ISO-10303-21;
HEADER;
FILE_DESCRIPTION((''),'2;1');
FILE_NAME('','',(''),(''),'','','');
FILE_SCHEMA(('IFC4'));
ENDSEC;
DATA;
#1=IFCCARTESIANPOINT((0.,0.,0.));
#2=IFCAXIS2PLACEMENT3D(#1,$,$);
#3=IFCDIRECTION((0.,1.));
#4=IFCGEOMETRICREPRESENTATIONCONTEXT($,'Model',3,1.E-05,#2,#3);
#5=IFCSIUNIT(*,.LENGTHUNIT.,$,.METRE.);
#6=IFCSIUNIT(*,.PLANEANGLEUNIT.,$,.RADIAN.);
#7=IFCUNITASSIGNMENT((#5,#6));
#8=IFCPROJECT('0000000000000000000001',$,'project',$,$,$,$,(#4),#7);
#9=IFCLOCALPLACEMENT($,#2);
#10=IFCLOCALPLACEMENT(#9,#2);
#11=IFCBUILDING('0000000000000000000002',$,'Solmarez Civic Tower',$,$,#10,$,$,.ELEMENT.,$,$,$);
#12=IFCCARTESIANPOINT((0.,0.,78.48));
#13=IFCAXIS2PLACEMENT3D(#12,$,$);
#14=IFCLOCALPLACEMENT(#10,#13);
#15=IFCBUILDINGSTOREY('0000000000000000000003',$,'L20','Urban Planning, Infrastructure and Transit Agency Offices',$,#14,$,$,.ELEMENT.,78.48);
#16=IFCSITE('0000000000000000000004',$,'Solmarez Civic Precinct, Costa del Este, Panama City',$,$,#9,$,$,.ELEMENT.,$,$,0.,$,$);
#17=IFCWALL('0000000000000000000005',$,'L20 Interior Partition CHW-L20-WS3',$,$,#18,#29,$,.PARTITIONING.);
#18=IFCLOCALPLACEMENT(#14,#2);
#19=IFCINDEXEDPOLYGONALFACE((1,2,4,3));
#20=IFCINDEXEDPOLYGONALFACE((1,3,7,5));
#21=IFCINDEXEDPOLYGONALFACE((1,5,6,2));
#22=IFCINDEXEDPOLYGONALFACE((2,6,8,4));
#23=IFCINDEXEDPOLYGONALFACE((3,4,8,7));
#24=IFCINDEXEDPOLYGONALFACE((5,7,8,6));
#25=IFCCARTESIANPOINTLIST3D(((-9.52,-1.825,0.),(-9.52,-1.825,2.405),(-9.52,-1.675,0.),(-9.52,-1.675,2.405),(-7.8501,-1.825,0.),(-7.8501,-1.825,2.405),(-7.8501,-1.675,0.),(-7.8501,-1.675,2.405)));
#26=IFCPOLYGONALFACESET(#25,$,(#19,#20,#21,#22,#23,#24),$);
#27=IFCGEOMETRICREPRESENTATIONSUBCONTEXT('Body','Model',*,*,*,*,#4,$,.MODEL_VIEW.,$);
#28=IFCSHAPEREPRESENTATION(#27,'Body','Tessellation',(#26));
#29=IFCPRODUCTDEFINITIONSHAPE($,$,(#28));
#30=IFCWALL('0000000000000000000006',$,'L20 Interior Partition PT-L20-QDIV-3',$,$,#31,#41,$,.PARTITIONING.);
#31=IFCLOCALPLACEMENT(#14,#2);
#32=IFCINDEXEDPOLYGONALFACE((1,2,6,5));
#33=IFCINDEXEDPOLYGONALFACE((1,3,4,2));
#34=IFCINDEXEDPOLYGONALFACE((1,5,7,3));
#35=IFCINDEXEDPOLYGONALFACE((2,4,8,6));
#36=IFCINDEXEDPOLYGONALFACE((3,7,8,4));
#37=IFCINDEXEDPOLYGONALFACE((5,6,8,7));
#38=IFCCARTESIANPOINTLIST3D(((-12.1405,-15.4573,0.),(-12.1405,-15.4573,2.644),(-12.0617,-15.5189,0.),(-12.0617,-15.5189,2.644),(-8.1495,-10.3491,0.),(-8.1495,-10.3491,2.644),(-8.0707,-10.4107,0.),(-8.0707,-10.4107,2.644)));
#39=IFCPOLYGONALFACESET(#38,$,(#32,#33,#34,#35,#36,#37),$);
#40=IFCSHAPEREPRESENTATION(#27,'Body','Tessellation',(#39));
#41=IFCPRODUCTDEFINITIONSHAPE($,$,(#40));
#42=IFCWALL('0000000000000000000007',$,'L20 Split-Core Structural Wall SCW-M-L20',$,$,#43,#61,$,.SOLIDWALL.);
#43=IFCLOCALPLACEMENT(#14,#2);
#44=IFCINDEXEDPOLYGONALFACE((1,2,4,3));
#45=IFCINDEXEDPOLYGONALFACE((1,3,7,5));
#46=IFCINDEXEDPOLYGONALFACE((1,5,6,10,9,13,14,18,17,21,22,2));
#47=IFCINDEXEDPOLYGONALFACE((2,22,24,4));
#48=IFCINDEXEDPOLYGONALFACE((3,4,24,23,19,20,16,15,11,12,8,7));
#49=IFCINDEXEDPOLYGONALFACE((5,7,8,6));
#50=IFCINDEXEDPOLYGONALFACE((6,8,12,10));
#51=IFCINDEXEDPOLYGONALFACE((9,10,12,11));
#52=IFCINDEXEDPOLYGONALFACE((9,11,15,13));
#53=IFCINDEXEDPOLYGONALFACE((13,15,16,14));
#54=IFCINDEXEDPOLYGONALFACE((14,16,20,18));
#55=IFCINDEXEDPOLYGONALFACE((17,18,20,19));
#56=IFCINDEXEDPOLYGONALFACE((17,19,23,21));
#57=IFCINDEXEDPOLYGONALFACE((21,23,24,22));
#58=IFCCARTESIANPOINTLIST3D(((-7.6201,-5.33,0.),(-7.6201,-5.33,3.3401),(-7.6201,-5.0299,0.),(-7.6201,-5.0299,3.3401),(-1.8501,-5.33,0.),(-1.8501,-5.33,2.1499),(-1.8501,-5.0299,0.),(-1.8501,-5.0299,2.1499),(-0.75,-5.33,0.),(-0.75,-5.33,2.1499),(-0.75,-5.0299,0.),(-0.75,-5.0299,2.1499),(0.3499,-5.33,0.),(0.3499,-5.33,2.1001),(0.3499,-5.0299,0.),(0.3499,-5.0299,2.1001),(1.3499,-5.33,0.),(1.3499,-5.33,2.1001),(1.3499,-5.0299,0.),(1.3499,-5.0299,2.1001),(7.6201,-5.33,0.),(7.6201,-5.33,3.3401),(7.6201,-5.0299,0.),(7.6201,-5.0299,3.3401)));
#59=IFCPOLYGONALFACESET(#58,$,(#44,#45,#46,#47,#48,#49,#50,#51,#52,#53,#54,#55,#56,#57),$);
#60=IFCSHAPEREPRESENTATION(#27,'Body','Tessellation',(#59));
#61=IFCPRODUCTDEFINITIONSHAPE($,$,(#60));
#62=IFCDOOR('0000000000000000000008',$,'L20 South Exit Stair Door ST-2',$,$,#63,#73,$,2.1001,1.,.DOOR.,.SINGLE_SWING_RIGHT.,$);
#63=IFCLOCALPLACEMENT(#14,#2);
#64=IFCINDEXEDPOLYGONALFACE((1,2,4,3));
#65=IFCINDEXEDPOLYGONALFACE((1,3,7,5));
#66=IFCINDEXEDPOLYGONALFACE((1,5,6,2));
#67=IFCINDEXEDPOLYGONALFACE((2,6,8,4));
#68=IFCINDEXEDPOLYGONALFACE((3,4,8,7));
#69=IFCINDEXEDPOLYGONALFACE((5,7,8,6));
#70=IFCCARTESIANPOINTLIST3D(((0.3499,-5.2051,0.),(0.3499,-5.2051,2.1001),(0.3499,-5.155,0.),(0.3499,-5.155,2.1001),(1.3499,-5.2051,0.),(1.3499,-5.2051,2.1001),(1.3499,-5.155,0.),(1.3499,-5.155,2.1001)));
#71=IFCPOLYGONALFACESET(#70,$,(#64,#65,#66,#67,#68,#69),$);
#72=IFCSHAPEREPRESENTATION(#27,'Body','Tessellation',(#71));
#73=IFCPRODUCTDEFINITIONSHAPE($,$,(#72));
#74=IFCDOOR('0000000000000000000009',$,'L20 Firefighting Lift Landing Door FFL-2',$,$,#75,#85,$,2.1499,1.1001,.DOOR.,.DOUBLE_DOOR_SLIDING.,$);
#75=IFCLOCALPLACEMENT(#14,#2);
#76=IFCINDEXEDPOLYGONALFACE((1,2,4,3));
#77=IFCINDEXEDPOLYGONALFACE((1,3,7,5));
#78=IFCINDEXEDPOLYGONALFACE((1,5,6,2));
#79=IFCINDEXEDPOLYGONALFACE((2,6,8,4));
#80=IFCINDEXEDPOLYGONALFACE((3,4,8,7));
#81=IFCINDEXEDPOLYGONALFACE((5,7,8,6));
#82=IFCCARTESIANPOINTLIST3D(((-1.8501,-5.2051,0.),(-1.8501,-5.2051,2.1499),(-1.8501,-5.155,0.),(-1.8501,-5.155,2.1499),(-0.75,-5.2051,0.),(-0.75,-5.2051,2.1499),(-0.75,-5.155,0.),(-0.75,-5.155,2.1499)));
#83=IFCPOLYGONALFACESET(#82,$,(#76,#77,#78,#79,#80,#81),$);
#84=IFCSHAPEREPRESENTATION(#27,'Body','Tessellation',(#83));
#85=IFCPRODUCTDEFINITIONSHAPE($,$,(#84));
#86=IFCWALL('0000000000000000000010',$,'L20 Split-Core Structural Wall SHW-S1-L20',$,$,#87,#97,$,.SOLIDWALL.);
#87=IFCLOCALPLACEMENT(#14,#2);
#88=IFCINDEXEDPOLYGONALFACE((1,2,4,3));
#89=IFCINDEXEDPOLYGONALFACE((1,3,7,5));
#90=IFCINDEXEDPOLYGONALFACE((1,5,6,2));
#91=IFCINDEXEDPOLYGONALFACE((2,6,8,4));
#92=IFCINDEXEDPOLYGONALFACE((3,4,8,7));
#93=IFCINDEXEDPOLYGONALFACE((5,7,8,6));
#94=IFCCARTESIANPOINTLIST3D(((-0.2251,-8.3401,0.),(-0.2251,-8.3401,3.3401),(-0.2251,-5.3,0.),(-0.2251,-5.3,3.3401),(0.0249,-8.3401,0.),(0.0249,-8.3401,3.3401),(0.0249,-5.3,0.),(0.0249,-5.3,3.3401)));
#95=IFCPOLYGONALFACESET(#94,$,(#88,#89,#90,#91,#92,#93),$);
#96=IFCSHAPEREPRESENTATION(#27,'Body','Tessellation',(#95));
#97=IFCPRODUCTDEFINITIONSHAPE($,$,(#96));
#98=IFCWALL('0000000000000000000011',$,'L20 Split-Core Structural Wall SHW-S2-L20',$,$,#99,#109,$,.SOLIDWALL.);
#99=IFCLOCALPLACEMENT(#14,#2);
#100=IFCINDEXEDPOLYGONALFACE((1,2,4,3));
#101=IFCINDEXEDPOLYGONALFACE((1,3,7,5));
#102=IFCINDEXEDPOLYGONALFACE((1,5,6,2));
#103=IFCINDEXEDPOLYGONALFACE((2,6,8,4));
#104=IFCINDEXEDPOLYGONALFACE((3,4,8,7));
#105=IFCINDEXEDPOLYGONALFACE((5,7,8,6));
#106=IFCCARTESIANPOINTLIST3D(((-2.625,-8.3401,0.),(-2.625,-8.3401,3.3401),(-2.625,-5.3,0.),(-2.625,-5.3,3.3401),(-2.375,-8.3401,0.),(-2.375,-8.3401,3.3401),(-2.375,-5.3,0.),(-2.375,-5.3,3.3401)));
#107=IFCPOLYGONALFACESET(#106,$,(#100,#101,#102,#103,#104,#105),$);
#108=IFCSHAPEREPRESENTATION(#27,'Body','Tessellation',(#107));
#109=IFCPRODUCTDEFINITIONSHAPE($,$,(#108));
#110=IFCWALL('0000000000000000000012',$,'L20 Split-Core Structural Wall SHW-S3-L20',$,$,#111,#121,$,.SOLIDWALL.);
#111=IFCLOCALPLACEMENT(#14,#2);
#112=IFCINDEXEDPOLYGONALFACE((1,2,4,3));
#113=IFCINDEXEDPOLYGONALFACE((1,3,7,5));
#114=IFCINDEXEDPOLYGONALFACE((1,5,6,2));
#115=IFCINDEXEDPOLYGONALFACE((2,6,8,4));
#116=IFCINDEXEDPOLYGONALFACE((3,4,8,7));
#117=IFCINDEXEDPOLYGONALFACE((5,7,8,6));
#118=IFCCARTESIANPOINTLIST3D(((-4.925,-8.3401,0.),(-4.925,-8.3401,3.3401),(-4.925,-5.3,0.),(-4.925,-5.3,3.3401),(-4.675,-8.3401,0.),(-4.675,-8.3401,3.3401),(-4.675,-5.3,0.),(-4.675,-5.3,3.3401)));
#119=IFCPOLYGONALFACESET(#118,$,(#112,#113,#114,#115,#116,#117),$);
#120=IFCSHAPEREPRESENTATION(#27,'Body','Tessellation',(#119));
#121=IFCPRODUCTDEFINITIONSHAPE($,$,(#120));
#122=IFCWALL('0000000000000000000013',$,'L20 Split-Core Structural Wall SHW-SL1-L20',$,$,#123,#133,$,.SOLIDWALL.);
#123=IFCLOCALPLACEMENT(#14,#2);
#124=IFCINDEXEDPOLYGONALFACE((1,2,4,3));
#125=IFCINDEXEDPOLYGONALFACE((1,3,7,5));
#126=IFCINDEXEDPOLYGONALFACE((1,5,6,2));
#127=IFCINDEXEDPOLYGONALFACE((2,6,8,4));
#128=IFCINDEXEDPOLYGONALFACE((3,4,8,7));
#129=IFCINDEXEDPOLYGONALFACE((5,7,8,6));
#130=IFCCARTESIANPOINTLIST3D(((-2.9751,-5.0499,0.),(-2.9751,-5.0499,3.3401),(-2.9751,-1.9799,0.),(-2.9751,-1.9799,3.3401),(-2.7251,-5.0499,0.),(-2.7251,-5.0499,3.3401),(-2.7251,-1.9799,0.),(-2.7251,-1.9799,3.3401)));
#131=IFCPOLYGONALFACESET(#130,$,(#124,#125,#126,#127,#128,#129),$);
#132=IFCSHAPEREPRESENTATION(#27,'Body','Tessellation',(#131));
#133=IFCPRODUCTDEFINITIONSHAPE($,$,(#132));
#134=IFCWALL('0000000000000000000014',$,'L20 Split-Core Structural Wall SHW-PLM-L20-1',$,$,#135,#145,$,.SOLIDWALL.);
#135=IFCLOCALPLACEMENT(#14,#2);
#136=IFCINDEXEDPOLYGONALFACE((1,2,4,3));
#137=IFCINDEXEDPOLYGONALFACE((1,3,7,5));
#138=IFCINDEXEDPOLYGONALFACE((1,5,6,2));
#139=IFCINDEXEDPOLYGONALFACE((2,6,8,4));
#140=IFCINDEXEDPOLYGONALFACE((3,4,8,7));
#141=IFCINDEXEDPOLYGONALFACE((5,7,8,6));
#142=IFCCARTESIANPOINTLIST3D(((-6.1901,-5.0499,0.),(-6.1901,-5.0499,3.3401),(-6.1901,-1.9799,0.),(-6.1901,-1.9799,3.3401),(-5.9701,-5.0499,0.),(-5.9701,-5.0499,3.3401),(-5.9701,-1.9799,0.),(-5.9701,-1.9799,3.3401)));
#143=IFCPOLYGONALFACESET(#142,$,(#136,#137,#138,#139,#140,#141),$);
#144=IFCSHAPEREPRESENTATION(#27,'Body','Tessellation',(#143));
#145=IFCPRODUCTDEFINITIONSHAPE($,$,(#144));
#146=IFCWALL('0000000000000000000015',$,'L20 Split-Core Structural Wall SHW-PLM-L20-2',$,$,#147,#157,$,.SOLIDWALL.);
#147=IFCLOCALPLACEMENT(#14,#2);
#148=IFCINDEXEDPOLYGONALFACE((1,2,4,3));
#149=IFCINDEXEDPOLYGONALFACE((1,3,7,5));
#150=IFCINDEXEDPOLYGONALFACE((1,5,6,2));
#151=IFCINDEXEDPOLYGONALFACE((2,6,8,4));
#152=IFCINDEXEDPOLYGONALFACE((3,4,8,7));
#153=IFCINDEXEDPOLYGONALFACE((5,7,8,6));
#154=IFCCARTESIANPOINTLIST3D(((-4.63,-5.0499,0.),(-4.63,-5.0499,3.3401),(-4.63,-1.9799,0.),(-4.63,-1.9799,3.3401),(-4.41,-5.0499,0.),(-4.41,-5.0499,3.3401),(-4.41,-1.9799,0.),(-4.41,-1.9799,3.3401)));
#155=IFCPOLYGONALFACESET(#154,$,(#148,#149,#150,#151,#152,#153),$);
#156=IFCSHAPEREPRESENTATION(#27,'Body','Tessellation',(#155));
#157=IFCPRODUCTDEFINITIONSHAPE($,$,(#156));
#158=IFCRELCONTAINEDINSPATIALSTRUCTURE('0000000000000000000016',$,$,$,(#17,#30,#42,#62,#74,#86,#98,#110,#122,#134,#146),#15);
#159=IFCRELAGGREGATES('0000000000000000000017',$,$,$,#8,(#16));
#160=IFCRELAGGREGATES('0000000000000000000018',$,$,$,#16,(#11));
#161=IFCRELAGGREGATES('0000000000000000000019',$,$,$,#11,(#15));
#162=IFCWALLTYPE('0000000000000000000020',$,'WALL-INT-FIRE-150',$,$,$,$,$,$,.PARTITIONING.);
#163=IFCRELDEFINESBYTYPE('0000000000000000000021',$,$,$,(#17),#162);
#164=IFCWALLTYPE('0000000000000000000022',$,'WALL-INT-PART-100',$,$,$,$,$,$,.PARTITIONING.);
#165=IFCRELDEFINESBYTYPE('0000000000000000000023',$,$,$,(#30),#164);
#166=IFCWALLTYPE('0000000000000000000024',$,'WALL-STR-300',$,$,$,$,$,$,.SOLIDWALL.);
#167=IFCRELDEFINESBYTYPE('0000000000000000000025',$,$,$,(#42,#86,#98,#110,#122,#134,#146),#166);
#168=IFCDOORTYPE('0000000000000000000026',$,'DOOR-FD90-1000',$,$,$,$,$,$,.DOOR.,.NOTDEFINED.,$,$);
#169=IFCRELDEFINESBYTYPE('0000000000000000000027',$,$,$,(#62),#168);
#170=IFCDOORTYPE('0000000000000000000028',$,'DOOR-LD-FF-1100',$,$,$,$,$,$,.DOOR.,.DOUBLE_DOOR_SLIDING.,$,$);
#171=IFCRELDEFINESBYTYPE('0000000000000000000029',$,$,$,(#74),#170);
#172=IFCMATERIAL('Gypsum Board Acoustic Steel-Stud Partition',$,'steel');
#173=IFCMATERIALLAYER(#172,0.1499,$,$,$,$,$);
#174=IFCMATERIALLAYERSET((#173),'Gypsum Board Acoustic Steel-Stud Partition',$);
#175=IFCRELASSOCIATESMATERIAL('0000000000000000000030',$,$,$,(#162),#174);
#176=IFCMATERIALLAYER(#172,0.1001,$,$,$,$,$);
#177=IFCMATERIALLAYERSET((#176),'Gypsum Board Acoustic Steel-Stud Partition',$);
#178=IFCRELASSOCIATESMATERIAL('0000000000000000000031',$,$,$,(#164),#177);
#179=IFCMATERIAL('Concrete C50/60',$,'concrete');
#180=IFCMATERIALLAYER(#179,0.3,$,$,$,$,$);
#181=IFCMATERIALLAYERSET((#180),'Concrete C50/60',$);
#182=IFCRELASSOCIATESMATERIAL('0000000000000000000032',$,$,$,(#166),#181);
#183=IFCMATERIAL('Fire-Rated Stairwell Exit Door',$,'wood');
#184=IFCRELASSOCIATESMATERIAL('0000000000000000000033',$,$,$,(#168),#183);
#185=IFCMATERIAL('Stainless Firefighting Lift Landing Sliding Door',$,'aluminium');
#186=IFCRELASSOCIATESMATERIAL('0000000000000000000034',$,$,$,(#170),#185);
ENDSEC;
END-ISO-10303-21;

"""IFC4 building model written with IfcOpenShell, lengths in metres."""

from ifc_helpers import new_model, si_unit, direction, frame, frame_2d, origin, place, context, subcontext, project, spatial, rectangle, extrude, material, layer, layer_set, type_object, element, fill, save


model = new_model("IFC4")

# Units and contexts
model_context = context("Model", 3, precision=1e-05, world=origin(), true_north=direction((0.0, 1.0)))
body_context = subcontext(model_context, "Body", "Model", "MODEL_VIEW")
ifc_project = project(units=[si_unit("LENGTHUNIT", "METRE"), si_unit("PLANEANGLEUNIT", "RADIAN")], contexts=[model_context])

# Site, building, storey
site_placement = place(None, origin())
site = spatial("IfcSite", under=ifc_project, at=site_placement, Name="Solmarez Civic Precinct, Costa del Este, Panama City", CompositionType="ELEMENT", RefElevation=0.0)
building_placement = place(site_placement, origin())
building = spatial("IfcBuilding", under=site, at=building_placement, Name="Solmarez Civic Tower", CompositionType="ELEMENT")
storey_placement = place(building_placement, frame((0.0, 0.0, 78.48)))
storey = spatial("IfcBuildingStorey", under=building, at=storey_placement, Name="L20", Description="Urban Planning, Infrastructure and Transit Agency Offices", CompositionType="ELEMENT", Elevation=78.48)

# Shared definitions
ifc_material_1 = material(Name="Concrete C50/60", Category="concrete")

# Walls
ifc_material_2 = material(Name="Gypsum Board Acoustic Steel-Stud Partition", Category="steel")
ifc_layer_1 = layer(ifc_material_2, 0.1499)
ifc_layer_set_1 = layer_set([ifc_layer_1], Name="Gypsum Board Acoustic Steel-Stud Partition")
wall_type_1 = type_object("IfcWallType", Name="WALL-INT-FIRE-150", PredefinedType="PARTITIONING", material=ifc_layer_set_1)
wall_1_placement = place(storey_placement, frame((-7.8501, -1.75, 0.0), z_axis=(0.0, 0.0, 1.0), x_axis=(-1.0, 0.0, 0.0)))
element("IfcWall", 1, at=wall_1_placement, inside=storey, type_object=wall_type_1, Name="L20 Interior Partition CHW-L20-WS3", PredefinedType="PARTITIONING", context=body_context, shape_type="SweptSolid", body=[
    extrude(rectangle(XDim=1.6699, YDim=0.1499, at=frame_2d((0.835, 0.0))), origin(), (0.0, 0.0, 1.0), 2.405),
])
ifc_layer_2 = layer(ifc_material_2, 0.1001)
ifc_layer_set_2 = layer_set([ifc_layer_2], Name="Gypsum Board Acoustic Steel-Stud Partition")
wall_type_2 = type_object("IfcWallType", Name="WALL-INT-PART-100", PredefinedType="PARTITIONING", material=ifc_layer_set_2)
wall_2_placement = place(storey_placement, frame((-8.1101, -10.3799, 0.0), z_axis=(0.0, 0.0, 1.0), x_axis=(-0.615665, -0.788008, 0.0)))
element("IfcWall", 2, at=wall_2_placement, inside=storey, type_object=wall_type_2, Name="L20 Interior Partition PT-L20-QDIV-3", PredefinedType="PARTITIONING", context=body_context, shape_type="SweptSolid", body=[
    extrude(rectangle(XDim=6.4824, YDim=0.1001, at=frame_2d((3.2412, 0.0))), origin(), (0.0, 0.0, 1.0), 2.644),
])

# Wall, openings, doors
ifc_layer_3 = layer(ifc_material_1, 0.3)
ifc_layer_set_3 = layer_set([ifc_layer_3], Name="Concrete C50/60")
wall_type_3 = type_object("IfcWallType", Name="WALL-STR-300", PredefinedType="SOLIDWALL", material=ifc_layer_set_3)
wall_3_placement = place(storey_placement, frame((-7.6201, -5.1799, 0.0), z_axis=(0.0, 0.0, 1.0), x_axis=(1.0, 0.0, 0.0)))
wall_3 = element("IfcWall", 3, at=wall_3_placement, inside=storey, type_object=wall_type_3, Name="L20 Split-Core Structural Wall SCW-M-L20", PredefinedType="SOLIDWALL", context=body_context, shape_type="SweptSolid", body=[
    extrude(rectangle(XDim=15.2402, YDim=0.3, at=frame_2d((7.6201, 0.0))), origin(), (0.0, 0.0, 1.0), 3.3401),
])
opening_1_placement = place(wall_3_placement, frame((5.77, 0.0, 0.0)))
opening_1 = element("IfcOpeningElement", 4, at=opening_1_placement, cuts=wall_3, PredefinedType="OPENING", context=body_context, shape_type="SweptSolid", body=[
    extrude(rectangle(XDim=1.1001, YDim=2.1499, at=frame_2d((0.55, 1.075))), frame((0.0, 0.1599, 0.0), z_axis=(0.0, -1.0, 0.0), x_axis=(1.0, 0.0, 0.0)), (0.0, 0.0, 1.0), 0.3201),
])
opening_2_placement = place(wall_3_placement, frame((7.97, 0.0, 0.0)))
opening_2 = element("IfcOpeningElement", 5, at=opening_2_placement, cuts=wall_3, PredefinedType="OPENING", context=body_context, shape_type="SweptSolid", body=[
    extrude(rectangle(XDim=1.0, YDim=2.1001, at=frame_2d((0.5, 1.05))), frame((0.0, 0.1599, 0.0), z_axis=(0.0, -1.0, 0.0), x_axis=(1.0, 0.0, 0.0)), (0.0, 0.0, 1.0), 0.3201),
])
ifc_material_3 = material(Name="Fire-Rated Stairwell Exit Door", Category="wood")
door_type_1 = type_object("IfcDoorType", Name="DOOR-FD90-1000", OperationType="NOTDEFINED", PredefinedType="DOOR", material=ifc_material_3)
door_1_placement = place(opening_2_placement, origin())
door_1 = element("IfcDoor", 6, at=door_1_placement, inside=storey, type_object=door_type_1, Name="L20 South Exit Stair Door ST-2", OperationType="SINGLE_SWING_RIGHT", OverallHeight=2.1001, OverallWidth=1.0, PredefinedType="DOOR", context=body_context, shape_type="SweptSolid", body=[
    extrude(rectangle(XDim=1.0, YDim=2.1001, at=frame_2d((0.5, 1.05))), frame((0.0, 0.0249, 0.0), z_axis=(0.0, -1.0, 0.0), x_axis=(1.0, 0.0, 0.0)), (0.0, 0.0, 1.0), 0.05),
])
fill(opening_2, door_1)
ifc_material_4 = material(Name="Stainless Firefighting Lift Landing Sliding Door", Category="aluminium")
door_type_2 = type_object("IfcDoorType", Name="DOOR-LD-FF-1100", OperationType="DOUBLE_DOOR_SLIDING", PredefinedType="DOOR", material=ifc_material_4)
door_2_placement = place(opening_1_placement, origin())
door_2 = element("IfcDoor", 7, at=door_2_placement, inside=storey, type_object=door_type_2, Name="L20 Firefighting Lift Landing Door FFL-2", OperationType="DOUBLE_DOOR_SLIDING", OverallHeight=2.1499, OverallWidth=1.1001, PredefinedType="DOOR", context=body_context, shape_type="SweptSolid", body=[
    extrude(rectangle(XDim=1.1001, YDim=2.1499, at=frame_2d((0.55, 1.075))), frame((0.0, 0.0249, 0.0), z_axis=(0.0, -1.0, 0.0), x_axis=(1.0, 0.0, 0.0)), (0.0, 0.0, 1.0), 0.05),
])
fill(opening_1, door_2)

# Walls
for number, where, z_axis, x_axis, name in (
    (8, (-0.1001, -8.3401, 0.0), (0.0, 0.0, 1.0), (0.0, 1.0, 0.0), "L20 Split-Core Structural Wall SHW-S1-L20"),
    (9, (-2.5, -8.3401, 0.0), (0.0, 0.0, 1.0), (0.0, 1.0, 0.0), "L20 Split-Core Structural Wall SHW-S2-L20"),
    (10, (-4.8, -8.3401, 0.0), (0.0, 0.0, 1.0), (0.0, 1.0, 0.0), "L20 Split-Core Structural Wall SHW-S3-L20"),
):
    element("IfcWall", number, at=place(storey_placement, frame(where, z_axis=z_axis, x_axis=x_axis)), inside=storey, type_object=wall_type_3, Name=name, PredefinedType="SOLIDWALL", context=body_context, shape_type="SweptSolid", body=[
        extrude(rectangle(XDim=3.04, YDim=0.25, at=frame_2d((1.52, 0.0))), origin(), (0.0, 0.0, 1.0), 3.3401),
    ])
wall_4_placement = place(storey_placement, frame((-2.8501, -5.05, 0.0), z_axis=(0.0, 0.0, 1.0), x_axis=(0.0, 1.0, 0.0)))
element("IfcWall", 11, at=wall_4_placement, inside=storey, type_object=wall_type_3, Name="L20 Split-Core Structural Wall SHW-SL1-L20", PredefinedType="SOLIDWALL", context=body_context, shape_type="SweptSolid", body=[
    extrude(rectangle(XDim=3.0701, YDim=0.25, at=frame_2d((1.5352, 0.0))), origin(), (0.0, 0.0, 1.0), 3.3401),
])
for number, where, z_axis, x_axis, name in (
    (12, (-6.0801, -5.05, 0.0), (0.0, 0.0, 1.0), (0.0, 1.0, 0.0), "L20 Split-Core Structural Wall SHW-PLM-L20-1"),
    (13, (-4.52, -5.05, 0.0), (0.0, 0.0, 1.0), (0.0, 1.0, 0.0), "L20 Split-Core Structural Wall SHW-PLM-L20-2"),
):
    element("IfcWall", number, at=place(storey_placement, frame(where, z_axis=z_axis, x_axis=x_axis)), inside=storey, type_object=wall_type_3, Name=name, PredefinedType="SOLIDWALL", context=body_context, shape_type="SweptSolid", body=[
        extrude(rectangle(XDim=3.0701, YDim=0.22, at=frame_2d((1.5352, 0.0))), origin(), (0.0, 0.0, 1.0), 3.3401),
    ])

save(model, "model.ifc")
